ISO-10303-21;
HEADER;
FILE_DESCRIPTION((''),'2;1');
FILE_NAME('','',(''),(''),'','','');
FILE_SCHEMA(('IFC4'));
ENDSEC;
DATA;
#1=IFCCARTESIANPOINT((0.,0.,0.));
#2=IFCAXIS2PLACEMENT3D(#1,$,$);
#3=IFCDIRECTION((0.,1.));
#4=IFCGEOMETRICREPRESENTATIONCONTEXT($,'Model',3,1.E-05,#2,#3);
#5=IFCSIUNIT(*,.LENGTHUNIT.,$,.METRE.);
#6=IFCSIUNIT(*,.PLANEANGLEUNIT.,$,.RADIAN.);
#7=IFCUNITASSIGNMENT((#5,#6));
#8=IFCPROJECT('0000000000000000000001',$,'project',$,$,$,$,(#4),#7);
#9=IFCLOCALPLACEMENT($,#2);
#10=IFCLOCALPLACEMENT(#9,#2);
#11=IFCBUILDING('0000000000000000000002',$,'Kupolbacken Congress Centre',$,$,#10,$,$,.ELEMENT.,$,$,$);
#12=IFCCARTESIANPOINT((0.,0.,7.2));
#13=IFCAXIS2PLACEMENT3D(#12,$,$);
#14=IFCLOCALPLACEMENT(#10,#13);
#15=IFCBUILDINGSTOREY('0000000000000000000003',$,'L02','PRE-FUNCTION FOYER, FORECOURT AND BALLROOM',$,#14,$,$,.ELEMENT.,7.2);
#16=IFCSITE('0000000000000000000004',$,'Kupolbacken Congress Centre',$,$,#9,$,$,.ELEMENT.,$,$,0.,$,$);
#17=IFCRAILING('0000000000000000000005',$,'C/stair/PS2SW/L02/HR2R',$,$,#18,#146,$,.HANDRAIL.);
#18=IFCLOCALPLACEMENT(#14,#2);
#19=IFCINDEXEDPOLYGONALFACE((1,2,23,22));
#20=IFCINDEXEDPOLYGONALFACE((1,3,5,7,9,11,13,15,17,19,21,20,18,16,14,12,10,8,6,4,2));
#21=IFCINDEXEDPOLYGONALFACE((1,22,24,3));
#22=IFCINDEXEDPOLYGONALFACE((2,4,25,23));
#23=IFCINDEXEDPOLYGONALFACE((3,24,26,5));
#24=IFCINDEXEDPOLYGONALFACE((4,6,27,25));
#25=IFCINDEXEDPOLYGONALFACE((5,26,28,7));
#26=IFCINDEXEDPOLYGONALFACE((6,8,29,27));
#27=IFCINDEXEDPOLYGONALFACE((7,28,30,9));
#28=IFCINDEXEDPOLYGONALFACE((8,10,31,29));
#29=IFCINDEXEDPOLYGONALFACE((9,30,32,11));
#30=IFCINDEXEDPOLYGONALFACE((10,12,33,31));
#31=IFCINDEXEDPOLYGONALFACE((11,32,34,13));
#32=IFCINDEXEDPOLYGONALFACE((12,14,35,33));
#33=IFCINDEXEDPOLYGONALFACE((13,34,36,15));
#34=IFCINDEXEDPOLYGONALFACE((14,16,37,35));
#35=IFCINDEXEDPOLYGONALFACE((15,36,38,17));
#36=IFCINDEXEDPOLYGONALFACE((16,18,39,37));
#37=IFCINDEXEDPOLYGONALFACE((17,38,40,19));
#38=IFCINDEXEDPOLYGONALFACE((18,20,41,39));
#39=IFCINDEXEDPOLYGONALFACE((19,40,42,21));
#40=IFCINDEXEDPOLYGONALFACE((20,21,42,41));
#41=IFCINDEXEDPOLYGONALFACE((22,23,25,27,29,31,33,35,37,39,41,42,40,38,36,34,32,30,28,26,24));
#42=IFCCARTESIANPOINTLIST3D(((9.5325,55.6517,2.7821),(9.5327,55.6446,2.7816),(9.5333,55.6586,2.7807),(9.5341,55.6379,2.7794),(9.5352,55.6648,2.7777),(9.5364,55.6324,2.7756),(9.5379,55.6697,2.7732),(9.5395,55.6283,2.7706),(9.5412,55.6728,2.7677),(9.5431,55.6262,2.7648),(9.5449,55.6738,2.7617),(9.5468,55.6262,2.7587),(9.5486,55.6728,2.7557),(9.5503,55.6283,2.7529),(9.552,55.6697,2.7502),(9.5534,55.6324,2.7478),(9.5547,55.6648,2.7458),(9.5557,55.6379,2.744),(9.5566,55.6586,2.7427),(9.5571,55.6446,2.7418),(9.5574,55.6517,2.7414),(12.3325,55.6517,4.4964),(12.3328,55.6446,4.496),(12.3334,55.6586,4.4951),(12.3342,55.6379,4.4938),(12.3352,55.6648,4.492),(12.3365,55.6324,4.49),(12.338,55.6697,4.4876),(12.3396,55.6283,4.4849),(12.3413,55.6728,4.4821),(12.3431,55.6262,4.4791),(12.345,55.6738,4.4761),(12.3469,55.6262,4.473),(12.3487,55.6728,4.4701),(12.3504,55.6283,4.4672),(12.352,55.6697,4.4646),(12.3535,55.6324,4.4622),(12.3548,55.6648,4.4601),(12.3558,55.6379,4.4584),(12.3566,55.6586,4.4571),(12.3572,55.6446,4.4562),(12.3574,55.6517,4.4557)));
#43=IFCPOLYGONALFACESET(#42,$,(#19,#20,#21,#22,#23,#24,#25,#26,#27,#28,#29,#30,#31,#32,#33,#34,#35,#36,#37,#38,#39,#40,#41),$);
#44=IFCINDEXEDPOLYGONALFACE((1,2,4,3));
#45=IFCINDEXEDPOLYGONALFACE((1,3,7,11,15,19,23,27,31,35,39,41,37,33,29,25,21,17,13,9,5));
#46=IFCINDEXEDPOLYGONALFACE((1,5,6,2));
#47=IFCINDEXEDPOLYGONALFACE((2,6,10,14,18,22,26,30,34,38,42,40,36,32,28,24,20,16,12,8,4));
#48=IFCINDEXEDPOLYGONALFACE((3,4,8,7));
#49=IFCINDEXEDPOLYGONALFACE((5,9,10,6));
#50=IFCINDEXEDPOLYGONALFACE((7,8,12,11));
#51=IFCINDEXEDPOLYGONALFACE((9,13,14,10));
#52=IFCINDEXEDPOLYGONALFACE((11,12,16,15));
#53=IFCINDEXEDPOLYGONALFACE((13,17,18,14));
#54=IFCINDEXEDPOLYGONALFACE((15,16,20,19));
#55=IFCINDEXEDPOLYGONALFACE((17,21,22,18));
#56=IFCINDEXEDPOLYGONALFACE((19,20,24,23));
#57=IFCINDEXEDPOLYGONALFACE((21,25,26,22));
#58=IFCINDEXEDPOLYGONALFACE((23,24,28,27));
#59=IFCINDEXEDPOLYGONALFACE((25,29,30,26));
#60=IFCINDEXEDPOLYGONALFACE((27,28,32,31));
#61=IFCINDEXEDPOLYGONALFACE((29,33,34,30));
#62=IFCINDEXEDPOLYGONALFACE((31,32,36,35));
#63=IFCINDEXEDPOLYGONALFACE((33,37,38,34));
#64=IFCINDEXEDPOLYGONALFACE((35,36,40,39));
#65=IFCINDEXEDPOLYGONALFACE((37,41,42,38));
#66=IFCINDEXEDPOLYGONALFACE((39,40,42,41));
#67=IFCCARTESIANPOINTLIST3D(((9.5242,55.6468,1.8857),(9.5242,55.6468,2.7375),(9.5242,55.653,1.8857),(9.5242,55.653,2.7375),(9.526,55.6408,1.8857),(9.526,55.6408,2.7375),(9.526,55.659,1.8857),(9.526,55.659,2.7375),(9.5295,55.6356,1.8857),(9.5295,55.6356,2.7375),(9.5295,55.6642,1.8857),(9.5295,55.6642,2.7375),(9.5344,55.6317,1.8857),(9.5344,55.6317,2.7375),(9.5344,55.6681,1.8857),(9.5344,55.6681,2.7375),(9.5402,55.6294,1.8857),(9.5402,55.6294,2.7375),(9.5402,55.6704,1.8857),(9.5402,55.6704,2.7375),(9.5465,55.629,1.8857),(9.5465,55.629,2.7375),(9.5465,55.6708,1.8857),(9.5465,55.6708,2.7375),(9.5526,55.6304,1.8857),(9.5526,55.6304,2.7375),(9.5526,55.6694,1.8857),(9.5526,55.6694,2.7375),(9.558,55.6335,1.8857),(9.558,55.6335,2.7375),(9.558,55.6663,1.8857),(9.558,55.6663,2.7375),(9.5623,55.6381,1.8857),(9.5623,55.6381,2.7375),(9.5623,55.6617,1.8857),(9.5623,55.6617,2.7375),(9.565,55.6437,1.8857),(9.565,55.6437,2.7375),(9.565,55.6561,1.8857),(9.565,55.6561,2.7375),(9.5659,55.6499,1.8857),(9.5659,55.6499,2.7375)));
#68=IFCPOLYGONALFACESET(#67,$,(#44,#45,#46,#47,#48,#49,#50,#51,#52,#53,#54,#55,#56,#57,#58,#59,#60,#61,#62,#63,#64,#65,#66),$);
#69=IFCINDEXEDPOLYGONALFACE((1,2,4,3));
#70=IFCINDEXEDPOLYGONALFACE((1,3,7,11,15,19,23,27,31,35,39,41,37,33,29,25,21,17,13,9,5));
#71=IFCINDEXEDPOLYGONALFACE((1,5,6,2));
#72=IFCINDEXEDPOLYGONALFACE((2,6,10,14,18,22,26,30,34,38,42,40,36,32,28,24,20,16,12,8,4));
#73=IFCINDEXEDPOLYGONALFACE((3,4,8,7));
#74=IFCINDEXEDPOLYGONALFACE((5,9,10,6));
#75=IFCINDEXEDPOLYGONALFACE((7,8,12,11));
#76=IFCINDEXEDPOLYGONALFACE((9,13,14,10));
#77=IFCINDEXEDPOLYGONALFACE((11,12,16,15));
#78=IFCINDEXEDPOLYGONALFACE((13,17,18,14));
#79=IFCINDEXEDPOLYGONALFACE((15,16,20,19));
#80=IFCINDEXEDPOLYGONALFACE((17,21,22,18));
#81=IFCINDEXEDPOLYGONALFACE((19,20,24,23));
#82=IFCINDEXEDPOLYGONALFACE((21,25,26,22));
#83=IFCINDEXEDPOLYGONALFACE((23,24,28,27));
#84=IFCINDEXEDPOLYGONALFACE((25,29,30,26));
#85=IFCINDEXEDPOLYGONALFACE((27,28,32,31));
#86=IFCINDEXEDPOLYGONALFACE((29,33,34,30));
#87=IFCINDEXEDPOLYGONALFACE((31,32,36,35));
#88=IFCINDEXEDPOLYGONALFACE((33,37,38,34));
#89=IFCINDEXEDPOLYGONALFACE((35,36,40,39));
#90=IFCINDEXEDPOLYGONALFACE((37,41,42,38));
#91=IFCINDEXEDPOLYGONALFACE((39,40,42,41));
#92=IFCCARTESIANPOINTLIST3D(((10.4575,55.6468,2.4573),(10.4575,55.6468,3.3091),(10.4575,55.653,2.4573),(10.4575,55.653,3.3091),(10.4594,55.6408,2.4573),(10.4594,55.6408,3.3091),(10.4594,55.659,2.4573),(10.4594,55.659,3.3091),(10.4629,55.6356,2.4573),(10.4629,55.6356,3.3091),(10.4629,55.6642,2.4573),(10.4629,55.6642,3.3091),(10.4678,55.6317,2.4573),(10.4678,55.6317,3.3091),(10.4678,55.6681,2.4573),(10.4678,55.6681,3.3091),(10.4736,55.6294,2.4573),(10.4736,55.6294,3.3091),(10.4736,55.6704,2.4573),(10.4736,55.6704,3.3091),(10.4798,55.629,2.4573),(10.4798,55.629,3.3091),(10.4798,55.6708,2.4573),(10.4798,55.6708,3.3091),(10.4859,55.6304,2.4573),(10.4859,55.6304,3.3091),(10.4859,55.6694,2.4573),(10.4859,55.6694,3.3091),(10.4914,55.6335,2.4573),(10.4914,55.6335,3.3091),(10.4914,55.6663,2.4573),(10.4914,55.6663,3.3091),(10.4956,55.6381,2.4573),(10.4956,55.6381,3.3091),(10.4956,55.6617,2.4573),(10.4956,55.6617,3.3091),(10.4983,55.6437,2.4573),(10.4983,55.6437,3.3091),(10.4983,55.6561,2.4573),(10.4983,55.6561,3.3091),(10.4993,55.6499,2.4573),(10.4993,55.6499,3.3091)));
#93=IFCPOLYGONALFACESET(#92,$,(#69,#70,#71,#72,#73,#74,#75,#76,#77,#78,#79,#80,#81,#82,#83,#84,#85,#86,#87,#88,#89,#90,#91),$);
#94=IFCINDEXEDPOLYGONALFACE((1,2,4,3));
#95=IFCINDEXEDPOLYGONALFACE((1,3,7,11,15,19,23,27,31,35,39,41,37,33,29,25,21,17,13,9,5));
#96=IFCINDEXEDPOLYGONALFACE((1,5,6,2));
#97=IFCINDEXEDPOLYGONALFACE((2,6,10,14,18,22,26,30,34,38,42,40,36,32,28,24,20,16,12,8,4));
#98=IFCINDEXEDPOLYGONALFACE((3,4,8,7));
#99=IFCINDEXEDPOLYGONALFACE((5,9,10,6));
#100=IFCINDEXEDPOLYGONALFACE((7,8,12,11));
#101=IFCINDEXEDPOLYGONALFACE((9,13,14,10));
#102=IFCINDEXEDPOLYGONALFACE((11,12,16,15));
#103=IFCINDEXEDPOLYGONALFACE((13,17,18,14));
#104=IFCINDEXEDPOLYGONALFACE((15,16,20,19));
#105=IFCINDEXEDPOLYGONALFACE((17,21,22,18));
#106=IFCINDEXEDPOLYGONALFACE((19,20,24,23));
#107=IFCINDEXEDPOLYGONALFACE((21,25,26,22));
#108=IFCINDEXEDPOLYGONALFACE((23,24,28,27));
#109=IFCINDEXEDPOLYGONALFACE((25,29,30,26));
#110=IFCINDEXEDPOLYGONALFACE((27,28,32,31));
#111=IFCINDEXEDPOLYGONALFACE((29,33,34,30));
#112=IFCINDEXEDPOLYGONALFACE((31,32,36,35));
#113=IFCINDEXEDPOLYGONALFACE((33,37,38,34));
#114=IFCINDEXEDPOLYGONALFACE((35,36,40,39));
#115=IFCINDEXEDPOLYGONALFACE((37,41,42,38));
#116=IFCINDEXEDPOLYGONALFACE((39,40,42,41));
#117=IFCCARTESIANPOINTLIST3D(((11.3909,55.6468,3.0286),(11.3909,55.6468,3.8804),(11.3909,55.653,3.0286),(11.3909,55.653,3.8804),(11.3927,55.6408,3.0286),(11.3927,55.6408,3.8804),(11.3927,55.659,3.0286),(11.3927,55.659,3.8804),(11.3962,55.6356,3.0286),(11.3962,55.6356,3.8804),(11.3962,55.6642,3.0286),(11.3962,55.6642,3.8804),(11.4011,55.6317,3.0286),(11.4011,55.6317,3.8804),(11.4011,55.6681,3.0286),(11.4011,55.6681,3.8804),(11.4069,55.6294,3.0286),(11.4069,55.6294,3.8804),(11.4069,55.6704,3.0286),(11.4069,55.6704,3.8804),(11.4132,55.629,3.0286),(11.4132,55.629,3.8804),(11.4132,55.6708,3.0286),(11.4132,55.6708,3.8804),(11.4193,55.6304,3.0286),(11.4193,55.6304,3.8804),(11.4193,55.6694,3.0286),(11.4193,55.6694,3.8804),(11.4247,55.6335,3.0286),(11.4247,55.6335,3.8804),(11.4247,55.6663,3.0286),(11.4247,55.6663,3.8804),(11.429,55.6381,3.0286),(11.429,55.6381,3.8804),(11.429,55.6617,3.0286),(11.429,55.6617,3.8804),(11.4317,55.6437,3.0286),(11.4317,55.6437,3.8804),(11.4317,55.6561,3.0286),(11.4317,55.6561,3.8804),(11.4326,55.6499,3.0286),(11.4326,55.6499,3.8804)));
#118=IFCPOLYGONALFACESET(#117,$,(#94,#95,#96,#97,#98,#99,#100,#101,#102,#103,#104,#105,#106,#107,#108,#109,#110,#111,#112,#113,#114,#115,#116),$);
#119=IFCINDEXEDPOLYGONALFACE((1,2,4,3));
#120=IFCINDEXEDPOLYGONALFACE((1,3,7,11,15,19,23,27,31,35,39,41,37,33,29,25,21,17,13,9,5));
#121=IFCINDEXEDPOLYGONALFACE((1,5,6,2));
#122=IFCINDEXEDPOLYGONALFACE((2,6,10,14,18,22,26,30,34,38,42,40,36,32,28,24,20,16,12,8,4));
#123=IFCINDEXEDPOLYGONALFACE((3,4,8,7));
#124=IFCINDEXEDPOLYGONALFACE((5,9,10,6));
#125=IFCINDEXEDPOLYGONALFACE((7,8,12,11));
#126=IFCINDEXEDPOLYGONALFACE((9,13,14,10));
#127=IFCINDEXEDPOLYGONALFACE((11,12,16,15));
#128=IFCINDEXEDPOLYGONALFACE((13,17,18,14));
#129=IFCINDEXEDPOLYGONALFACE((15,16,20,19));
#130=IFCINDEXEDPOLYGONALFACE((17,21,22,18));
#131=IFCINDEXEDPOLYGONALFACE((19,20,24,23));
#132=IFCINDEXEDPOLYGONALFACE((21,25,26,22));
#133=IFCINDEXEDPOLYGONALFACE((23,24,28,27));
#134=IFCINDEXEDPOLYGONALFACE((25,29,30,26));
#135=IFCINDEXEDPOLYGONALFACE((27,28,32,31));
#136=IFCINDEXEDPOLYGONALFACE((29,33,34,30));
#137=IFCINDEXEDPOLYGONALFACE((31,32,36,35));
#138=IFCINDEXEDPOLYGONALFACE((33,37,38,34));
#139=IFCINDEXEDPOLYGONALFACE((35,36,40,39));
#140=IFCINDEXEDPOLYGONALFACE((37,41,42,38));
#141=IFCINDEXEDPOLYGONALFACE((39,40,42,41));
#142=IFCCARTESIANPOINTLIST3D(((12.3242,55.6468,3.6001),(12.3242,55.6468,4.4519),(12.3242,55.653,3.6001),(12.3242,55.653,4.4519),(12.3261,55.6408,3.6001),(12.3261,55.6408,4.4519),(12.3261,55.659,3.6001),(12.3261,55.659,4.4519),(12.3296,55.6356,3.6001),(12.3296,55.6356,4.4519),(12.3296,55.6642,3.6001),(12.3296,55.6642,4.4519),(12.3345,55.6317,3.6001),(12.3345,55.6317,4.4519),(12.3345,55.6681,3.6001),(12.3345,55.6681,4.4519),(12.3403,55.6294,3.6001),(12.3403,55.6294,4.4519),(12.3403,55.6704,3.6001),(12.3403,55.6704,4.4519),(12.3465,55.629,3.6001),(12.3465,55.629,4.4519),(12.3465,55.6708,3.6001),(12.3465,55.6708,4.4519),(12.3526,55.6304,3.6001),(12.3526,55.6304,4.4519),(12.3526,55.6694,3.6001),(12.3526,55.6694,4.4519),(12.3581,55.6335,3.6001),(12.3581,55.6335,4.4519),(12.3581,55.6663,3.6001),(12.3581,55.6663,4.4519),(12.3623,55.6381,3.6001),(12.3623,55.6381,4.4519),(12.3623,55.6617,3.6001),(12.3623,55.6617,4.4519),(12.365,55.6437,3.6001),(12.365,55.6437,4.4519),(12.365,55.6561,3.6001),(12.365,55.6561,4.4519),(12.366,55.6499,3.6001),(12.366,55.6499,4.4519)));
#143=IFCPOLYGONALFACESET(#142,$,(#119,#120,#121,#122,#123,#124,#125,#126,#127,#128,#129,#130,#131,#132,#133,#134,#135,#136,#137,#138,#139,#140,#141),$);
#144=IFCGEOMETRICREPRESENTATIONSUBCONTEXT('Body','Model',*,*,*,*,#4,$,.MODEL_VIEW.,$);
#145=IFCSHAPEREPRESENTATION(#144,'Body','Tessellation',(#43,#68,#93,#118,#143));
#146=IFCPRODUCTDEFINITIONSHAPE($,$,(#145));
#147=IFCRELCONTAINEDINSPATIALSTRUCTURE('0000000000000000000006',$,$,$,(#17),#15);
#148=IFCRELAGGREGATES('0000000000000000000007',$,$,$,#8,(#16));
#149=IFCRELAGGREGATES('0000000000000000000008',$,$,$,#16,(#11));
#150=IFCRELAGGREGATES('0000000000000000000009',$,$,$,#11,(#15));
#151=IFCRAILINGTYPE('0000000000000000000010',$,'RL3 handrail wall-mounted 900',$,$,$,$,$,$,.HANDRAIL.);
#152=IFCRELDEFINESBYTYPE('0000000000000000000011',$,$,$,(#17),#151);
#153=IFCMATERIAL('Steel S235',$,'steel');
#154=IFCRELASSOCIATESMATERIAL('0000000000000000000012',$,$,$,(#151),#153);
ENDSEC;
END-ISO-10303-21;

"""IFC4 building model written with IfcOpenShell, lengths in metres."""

from ifc_helpers import new_model, si_unit, direction, frame, origin, origin_2d, place, context, subcontext, project, spatial, circle, extrude, material, type_object, element, save


model = new_model("IFC4")

# Units and contexts
model_context = context("Model", 3, precision=1e-05, world=origin(), true_north=direction((0.0, 1.0)))
body_context = subcontext(model_context, "Body", "Model", "MODEL_VIEW")
ifc_project = project(units=[si_unit("LENGTHUNIT", "METRE"), si_unit("PLANEANGLEUNIT", "RADIAN")], contexts=[model_context])

# Site, building, storey
site_placement = place(None, origin())
site = spatial("IfcSite", under=ifc_project, at=site_placement, Name="Kupolbacken Congress Centre", CompositionType="ELEMENT", RefElevation=0.0)
building_placement = place(site_placement, origin())
building = spatial("IfcBuilding", under=site, at=building_placement, Name="Kupolbacken Congress Centre", CompositionType="ELEMENT")
storey_placement = place(building_placement, frame((0.0, 0.0, 7.2)))
storey = spatial("IfcBuildingStorey", under=building, at=storey_placement, Name="L02", Description="PRE-FUNCTION FOYER, FORECOURT AND BALLROOM", CompositionType="ELEMENT", Elevation=7.2)

# Railing
ifc_material_1 = material(Name="Steel S235", Category="steel")
railing_type = type_object("IfcRailingType", Name="RL3 handrail wall-mounted 900", PredefinedType="HANDRAIL", material=ifc_material_1)
for number, where, name in (
    (1, (9.5449, 55.6499, 1.8857), "C/stair/PS2SW/L02/HR2R"),
):
    element("IfcRailing", number, at=place(storey_placement, frame(where)), inside=storey, type_object=railing_type, Name=name, PredefinedType="HANDRAIL", context=body_context, shape_type="SweptSolid", body=[
        extrude(circle(Radius=0.0239, at=origin_2d()), frame((0.0, 0.0, 0.876), z_axis=(0.852846, 0.0, 0.522163), x_axis=(0.0, 1.0, 0.0)), (0.0, 0.0, 1.0), 3.2832),
        extrude(circle(Radius=0.021, at=origin_2d()), origin(), (0.0, 0.0, 1.0), 0.8518),
        extrude(circle(Radius=0.021, at=origin_2d()), frame((0.9333, 0.0, 0.5715)), (0.0, 0.0, 1.0), 0.8518),
        extrude(circle(Radius=0.021, at=origin_2d()), frame((1.8667, 0.0, 1.1428)), (0.0, 0.0, 1.0), 0.8518),
        extrude(circle(Radius=0.021, at=origin_2d()), frame((2.8, 0.0, 1.7144)), (0.0, 0.0, 1.0), 0.8518),
    ])

save(model, "model.ifc")
